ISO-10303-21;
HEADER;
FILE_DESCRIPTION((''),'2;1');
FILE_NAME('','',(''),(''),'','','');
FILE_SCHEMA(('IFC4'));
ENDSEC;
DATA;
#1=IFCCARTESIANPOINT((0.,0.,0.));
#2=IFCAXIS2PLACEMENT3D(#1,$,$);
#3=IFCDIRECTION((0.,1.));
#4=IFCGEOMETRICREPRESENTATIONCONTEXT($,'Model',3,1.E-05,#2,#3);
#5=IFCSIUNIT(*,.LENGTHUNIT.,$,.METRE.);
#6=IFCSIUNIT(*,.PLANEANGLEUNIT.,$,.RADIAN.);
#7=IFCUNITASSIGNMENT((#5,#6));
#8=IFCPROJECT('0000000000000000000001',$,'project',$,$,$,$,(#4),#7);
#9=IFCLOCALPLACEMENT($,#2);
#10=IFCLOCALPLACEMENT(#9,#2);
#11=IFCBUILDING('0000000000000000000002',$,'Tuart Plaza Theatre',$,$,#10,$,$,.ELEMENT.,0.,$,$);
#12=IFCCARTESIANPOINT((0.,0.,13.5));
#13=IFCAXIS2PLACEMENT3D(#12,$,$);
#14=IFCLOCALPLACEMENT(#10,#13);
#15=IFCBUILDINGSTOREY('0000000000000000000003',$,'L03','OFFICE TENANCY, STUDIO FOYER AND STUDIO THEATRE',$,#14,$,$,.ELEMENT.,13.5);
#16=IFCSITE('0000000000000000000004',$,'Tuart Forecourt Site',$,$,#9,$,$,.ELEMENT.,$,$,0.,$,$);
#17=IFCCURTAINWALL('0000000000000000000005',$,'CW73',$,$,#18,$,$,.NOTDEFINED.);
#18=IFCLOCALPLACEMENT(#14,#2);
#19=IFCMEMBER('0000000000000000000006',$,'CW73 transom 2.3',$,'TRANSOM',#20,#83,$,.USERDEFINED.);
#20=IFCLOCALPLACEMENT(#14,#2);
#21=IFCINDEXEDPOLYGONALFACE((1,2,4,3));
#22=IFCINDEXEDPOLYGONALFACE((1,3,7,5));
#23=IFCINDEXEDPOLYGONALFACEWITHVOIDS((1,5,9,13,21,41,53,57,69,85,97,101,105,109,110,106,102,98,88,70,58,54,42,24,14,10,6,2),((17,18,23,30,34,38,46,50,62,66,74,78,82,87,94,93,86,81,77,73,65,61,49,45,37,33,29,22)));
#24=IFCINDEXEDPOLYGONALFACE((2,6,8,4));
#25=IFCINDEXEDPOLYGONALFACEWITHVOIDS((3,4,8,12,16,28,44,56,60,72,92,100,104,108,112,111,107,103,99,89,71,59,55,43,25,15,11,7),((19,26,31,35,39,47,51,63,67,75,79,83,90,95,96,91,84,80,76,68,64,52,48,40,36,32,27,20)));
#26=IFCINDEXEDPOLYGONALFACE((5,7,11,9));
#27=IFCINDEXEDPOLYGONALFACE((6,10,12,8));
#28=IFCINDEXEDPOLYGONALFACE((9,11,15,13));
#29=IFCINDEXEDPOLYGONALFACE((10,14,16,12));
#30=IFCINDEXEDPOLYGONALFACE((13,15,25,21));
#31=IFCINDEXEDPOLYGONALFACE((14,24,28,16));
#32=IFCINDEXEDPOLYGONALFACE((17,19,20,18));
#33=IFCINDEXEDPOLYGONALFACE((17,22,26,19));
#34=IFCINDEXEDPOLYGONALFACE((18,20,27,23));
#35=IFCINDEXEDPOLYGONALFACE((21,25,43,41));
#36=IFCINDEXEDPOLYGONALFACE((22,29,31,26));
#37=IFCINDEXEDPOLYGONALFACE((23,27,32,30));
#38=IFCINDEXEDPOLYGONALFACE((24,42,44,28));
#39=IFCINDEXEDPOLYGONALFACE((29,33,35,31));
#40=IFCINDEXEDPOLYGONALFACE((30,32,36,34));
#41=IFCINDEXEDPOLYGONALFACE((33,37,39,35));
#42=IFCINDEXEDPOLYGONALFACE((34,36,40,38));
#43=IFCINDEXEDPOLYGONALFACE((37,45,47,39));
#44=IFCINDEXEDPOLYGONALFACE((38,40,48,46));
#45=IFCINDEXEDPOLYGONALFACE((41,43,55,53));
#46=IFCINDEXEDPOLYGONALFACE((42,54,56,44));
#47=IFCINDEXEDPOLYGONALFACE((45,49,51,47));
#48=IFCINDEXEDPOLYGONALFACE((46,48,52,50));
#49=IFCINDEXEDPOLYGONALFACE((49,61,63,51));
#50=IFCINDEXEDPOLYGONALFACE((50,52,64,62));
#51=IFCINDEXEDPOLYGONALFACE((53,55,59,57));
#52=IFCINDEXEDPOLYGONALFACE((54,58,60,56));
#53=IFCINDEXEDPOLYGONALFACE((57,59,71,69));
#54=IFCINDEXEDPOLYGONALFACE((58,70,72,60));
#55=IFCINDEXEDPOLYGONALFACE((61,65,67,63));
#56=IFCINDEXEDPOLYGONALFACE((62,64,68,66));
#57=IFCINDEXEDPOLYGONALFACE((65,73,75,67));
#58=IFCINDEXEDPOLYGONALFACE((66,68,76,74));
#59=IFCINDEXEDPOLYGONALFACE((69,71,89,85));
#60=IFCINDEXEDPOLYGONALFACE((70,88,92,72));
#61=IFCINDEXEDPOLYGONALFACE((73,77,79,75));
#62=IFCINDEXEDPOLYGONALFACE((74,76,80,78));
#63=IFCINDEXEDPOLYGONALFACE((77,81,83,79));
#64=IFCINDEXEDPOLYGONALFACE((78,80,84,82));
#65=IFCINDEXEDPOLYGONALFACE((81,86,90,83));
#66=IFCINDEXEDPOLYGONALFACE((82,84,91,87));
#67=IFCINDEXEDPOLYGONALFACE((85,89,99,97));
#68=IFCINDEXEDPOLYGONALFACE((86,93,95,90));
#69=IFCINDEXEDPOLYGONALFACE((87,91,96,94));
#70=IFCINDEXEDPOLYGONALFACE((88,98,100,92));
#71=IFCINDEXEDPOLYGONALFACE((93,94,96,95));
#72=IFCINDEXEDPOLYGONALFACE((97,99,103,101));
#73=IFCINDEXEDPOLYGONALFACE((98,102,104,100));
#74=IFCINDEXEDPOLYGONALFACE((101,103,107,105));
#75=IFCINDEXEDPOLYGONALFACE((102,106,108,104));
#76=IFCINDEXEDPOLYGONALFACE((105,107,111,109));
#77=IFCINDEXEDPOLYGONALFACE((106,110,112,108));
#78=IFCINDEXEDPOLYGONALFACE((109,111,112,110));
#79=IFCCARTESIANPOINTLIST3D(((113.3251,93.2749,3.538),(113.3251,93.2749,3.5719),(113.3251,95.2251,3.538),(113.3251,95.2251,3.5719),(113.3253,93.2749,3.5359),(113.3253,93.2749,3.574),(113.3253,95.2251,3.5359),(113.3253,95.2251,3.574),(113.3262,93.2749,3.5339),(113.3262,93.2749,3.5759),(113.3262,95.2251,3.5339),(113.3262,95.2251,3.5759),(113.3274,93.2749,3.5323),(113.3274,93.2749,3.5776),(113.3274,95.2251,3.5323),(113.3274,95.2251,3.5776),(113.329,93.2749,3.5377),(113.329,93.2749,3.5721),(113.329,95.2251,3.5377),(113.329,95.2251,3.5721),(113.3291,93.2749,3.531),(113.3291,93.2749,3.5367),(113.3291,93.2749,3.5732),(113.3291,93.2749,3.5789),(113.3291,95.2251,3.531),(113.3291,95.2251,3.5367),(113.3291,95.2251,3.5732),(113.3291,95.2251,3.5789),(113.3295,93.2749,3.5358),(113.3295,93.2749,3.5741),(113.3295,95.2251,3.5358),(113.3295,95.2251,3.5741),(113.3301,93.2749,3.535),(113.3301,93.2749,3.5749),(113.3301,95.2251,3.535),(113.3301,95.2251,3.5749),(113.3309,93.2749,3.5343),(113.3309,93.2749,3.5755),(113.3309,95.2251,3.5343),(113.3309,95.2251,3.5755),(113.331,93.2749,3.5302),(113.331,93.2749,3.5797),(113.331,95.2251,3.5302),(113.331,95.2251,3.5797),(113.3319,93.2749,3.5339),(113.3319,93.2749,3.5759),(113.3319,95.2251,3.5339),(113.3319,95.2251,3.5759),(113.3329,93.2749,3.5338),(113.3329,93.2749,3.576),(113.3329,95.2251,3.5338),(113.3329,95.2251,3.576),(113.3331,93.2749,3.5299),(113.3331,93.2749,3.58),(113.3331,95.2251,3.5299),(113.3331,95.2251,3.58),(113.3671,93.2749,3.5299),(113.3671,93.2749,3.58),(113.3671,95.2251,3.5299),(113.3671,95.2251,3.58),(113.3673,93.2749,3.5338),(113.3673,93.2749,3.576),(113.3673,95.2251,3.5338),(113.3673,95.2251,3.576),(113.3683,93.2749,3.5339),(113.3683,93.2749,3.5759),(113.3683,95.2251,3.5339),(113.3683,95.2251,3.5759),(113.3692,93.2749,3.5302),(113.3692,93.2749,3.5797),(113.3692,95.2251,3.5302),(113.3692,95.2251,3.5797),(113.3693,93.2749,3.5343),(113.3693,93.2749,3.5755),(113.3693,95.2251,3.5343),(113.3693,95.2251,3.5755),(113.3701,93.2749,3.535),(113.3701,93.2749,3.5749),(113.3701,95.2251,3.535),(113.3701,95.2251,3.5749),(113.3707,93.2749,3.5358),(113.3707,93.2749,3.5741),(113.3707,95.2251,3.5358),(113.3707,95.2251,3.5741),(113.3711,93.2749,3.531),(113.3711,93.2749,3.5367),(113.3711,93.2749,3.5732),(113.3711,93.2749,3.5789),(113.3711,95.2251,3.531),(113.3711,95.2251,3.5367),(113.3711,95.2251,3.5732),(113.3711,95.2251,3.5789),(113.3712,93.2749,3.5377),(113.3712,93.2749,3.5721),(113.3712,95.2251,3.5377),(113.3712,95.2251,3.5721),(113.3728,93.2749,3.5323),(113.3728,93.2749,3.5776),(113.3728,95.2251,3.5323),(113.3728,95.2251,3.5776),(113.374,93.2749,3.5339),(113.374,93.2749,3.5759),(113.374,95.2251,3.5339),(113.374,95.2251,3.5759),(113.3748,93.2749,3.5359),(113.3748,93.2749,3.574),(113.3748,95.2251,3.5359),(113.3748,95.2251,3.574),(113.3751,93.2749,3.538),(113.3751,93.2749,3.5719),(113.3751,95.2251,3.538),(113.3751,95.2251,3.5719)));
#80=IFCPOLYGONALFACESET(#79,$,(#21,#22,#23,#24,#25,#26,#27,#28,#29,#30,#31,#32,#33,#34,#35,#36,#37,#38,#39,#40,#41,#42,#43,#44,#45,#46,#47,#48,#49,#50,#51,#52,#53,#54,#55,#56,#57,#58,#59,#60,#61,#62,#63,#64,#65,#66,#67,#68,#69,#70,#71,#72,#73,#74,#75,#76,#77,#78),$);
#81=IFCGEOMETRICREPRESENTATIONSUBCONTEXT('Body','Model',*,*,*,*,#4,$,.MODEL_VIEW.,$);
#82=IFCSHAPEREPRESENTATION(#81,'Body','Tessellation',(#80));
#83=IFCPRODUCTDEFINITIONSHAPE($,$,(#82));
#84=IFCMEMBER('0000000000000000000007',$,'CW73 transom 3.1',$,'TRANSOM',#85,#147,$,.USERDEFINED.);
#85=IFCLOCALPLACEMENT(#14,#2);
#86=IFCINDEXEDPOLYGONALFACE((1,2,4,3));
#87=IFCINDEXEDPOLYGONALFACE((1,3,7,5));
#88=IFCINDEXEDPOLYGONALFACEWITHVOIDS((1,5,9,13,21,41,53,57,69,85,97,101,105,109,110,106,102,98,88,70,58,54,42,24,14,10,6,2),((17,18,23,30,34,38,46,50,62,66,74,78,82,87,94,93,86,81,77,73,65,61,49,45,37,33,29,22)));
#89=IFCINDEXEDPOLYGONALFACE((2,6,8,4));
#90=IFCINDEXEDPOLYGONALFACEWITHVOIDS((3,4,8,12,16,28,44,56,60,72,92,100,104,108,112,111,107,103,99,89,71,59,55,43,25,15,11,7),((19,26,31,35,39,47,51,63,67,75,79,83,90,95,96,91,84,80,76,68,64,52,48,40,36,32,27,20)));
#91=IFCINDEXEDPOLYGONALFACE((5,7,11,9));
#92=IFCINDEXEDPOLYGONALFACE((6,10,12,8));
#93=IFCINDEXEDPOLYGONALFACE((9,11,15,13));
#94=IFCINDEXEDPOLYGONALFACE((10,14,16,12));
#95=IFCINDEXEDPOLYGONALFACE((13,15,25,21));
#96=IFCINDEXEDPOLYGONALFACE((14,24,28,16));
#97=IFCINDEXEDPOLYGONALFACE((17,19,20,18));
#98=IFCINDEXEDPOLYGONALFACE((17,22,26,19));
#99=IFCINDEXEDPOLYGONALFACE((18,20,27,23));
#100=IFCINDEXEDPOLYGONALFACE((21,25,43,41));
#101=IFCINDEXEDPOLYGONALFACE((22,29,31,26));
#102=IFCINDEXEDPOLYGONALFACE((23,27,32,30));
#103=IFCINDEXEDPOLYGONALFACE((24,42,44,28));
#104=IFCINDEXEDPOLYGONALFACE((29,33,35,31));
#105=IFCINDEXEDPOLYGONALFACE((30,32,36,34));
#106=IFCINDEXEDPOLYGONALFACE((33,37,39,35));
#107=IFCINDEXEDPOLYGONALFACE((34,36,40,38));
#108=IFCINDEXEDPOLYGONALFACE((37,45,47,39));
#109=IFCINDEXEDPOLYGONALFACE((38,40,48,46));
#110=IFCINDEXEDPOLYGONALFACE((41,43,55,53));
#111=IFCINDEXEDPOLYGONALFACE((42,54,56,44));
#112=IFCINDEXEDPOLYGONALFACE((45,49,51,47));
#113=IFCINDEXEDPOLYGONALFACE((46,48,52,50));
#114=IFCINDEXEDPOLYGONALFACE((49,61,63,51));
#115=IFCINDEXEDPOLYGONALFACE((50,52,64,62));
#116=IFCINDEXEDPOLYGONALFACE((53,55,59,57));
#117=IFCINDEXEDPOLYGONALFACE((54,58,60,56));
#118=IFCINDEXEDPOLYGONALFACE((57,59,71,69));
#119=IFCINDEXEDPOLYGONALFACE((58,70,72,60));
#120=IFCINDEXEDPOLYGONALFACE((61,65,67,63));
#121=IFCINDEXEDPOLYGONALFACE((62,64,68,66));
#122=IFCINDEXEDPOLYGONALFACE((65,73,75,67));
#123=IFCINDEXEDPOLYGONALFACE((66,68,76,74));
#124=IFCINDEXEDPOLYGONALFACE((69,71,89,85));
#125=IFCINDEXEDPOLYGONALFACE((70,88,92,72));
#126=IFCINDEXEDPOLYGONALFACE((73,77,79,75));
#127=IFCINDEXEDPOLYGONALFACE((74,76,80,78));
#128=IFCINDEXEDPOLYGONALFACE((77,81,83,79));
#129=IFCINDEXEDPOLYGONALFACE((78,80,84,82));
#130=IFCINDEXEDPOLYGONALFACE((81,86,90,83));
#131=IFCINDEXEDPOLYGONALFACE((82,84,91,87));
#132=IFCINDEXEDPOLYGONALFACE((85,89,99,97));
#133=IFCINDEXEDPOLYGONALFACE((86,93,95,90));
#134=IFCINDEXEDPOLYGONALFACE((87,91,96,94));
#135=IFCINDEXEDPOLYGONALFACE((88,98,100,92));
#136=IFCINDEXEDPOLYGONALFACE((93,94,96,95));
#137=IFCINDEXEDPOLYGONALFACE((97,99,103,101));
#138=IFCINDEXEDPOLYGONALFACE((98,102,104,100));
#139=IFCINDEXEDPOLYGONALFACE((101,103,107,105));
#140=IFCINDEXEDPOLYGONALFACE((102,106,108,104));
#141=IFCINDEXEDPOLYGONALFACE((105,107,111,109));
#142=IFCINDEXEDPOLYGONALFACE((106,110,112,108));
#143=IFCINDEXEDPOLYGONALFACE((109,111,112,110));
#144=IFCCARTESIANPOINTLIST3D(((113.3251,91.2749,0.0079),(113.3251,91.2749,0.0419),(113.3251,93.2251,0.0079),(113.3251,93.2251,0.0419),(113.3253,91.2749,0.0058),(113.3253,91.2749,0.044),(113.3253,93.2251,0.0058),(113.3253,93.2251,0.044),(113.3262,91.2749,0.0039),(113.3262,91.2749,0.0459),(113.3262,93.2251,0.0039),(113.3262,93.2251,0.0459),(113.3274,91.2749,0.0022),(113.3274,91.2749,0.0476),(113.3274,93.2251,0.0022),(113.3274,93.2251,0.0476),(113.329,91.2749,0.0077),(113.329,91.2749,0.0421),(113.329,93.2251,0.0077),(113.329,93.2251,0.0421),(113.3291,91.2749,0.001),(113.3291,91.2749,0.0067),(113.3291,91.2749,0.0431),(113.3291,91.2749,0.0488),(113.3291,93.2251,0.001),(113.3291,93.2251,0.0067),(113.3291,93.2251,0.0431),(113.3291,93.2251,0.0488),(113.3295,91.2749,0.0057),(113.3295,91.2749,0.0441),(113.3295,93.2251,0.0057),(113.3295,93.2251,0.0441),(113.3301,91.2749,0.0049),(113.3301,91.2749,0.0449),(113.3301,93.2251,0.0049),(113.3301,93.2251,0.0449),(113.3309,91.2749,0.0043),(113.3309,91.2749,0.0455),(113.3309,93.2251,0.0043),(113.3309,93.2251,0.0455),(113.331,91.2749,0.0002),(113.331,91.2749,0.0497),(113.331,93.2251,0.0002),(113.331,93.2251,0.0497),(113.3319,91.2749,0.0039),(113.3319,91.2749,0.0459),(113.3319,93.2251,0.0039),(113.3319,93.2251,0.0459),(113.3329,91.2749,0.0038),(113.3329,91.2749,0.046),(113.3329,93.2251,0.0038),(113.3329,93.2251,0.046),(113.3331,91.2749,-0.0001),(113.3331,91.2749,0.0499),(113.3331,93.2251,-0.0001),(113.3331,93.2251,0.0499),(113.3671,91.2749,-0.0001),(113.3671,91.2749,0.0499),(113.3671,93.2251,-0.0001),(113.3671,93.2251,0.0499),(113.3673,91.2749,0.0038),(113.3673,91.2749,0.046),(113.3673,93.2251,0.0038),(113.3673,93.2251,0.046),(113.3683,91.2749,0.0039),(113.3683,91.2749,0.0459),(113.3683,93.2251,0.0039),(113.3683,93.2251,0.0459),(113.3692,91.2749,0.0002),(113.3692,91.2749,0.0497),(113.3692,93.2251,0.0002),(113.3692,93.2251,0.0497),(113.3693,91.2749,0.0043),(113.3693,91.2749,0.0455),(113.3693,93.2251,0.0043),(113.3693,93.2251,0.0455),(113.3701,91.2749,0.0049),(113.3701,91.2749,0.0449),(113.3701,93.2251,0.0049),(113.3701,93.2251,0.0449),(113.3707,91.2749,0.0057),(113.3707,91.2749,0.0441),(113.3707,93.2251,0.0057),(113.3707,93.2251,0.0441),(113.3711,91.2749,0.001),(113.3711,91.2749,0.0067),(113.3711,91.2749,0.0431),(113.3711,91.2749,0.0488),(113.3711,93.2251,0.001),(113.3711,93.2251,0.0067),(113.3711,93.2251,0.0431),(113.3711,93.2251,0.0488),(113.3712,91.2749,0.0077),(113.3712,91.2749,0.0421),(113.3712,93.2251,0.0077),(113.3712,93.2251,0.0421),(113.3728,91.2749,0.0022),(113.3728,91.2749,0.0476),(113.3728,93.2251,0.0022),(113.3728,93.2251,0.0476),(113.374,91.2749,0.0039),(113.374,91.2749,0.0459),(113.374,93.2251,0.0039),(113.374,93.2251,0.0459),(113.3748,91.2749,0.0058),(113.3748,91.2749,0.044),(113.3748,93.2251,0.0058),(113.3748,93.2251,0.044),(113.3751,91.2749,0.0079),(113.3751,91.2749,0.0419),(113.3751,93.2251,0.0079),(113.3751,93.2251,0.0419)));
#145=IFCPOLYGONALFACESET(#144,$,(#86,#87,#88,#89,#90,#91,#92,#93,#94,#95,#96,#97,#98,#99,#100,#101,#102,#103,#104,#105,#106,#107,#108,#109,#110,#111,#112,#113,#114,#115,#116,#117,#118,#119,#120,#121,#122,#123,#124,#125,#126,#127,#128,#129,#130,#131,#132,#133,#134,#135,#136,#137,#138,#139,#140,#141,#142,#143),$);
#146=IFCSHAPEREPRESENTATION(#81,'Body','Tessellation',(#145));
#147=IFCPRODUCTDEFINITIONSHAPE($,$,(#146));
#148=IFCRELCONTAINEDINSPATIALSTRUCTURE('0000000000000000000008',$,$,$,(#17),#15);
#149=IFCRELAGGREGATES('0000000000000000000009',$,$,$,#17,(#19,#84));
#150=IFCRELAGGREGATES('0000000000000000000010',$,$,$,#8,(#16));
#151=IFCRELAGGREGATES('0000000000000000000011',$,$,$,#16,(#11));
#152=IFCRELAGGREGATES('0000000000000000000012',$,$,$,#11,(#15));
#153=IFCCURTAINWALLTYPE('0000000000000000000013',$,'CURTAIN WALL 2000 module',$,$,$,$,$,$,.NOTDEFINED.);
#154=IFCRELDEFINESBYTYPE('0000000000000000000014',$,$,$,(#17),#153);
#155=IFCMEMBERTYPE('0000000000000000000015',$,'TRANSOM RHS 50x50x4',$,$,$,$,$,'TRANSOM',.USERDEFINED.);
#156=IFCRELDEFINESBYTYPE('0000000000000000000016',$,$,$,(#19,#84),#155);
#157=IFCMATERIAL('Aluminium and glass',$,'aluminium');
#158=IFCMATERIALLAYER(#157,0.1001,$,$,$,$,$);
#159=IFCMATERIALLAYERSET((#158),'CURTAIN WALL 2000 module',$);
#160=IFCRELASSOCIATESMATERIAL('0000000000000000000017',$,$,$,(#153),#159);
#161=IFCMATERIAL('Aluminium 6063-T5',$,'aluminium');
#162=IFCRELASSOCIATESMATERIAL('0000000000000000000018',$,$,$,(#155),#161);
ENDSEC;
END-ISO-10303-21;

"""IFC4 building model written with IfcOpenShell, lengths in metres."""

from ifc_helpers import new_model, si_unit, direction, frame, origin, origin_2d, place, context, subcontext, project, spatial, hollow_rectangle, extrude, material, layer, layer_set, material_profile, profile_set, type_object, element, aggregate, save


model = new_model("IFC4")

# Units and contexts
model_context = context("Model", 3, precision=1e-05, world=origin(), true_north=direction((0.0, 1.0)))
body_context = subcontext(model_context, "Body", "Model", "MODEL_VIEW")
ifc_project = project(units=[si_unit("LENGTHUNIT", "METRE"), si_unit("PLANEANGLEUNIT", "RADIAN")], contexts=[model_context])

# Site, building, storey
site_placement = place(None, origin())
site = spatial("IfcSite", under=ifc_project, at=site_placement, Name="Tuart Forecourt Site", CompositionType="ELEMENT", RefElevation=0.0)
building_placement = place(site_placement, origin())
building = spatial("IfcBuilding", under=site, at=building_placement, Name="Tuart Plaza Theatre", CompositionType="ELEMENT", ElevationOfRefHeight=0.0)
storey_placement = place(building_placement, frame((0.0, 0.0, 13.5)))
storey = spatial("IfcBuildingStorey", under=building, at=storey_placement, Name="L03", Description="OFFICE TENANCY, STUDIO FOYER AND STUDIO THEATRE", CompositionType="ELEMENT", Elevation=13.5)

# Curtain wall, members
ifc_material_1 = material(Name="Aluminium and glass", Category="aluminium")
ifc_layer_1 = layer(ifc_material_1, 0.1001)
ifc_layer_set_1 = layer_set([ifc_layer_1], Name="CURTAIN WALL 2000 module")
curtain_wall_type = type_object("IfcCurtainWallType", Name="CURTAIN WALL 2000 module", PredefinedType="NOTDEFINED", material=ifc_layer_set_1)
curtain_wall_placement = place(storey_placement, origin())
curtain_wall = element("IfcCurtainWall", 1, at=curtain_wall_placement, inside=storey, type_object=curtain_wall_type, Name="CW73", PredefinedType="NOTDEFINED")
ifc_material_2 = material(Name="Aluminium 6063-T5", Category="aluminium")
ifc_material_profile_1 = material_profile(ifc_material_2, hollow_rectangle(XDim=0.05, YDim=0.05, WallThickness=0.0039, InnerFilletRadius=0.0039, OuterFilletRadius=0.0081, at=origin_2d()), Name="RHS 50x50x4")
ifc_profile_set_1 = profile_set([ifc_material_profile_1], Name="Aluminium 6063-T5")
member_type = type_object("IfcMemberType", Name="TRANSOM RHS 50x50x4", ElementType="TRANSOM", PredefinedType="USERDEFINED", material=ifc_profile_set_1)
member_1_placement = place(storey_placement, frame((113.3501, 95.2251, 3.5549), z_axis=(0.0, -1.0, 0.0), x_axis=(1.0, 0.0, 0.0)))
member_1 = element("IfcMember", 2, at=member_1_placement, type_object=member_type, Name="CW73 transom 2.3", ObjectType="TRANSOM", PredefinedType="USERDEFINED", context=body_context, shape_type="SweptSolid", body=[
    extrude(hollow_rectangle(XDim=0.05, YDim=0.05, WallThickness=0.0039, InnerFilletRadius=0.0039, OuterFilletRadius=0.0081, at=origin_2d()), origin(), (0.0, 0.0, 1.0), 1.9502),
])
member_2_placement = place(storey_placement, frame((113.3501, 93.2251, 0.0249), z_axis=(0.0, -1.0, 0.0), x_axis=(1.0, 0.0, 0.0)))
member_2 = element("IfcMember", 3, at=member_2_placement, type_object=member_type, Name="CW73 transom 3.1", ObjectType="TRANSOM", PredefinedType="USERDEFINED", context=body_context, shape_type="SweptSolid", body=[
    extrude(hollow_rectangle(XDim=0.05, YDim=0.05, WallThickness=0.0039, InnerFilletRadius=0.0039, OuterFilletRadius=0.0081, at=origin_2d()), origin(), (0.0, 0.0, 1.0), 1.9502),
])
aggregate(curtain_wall, [member_1, member_2])

save(model, "model.ifc")
